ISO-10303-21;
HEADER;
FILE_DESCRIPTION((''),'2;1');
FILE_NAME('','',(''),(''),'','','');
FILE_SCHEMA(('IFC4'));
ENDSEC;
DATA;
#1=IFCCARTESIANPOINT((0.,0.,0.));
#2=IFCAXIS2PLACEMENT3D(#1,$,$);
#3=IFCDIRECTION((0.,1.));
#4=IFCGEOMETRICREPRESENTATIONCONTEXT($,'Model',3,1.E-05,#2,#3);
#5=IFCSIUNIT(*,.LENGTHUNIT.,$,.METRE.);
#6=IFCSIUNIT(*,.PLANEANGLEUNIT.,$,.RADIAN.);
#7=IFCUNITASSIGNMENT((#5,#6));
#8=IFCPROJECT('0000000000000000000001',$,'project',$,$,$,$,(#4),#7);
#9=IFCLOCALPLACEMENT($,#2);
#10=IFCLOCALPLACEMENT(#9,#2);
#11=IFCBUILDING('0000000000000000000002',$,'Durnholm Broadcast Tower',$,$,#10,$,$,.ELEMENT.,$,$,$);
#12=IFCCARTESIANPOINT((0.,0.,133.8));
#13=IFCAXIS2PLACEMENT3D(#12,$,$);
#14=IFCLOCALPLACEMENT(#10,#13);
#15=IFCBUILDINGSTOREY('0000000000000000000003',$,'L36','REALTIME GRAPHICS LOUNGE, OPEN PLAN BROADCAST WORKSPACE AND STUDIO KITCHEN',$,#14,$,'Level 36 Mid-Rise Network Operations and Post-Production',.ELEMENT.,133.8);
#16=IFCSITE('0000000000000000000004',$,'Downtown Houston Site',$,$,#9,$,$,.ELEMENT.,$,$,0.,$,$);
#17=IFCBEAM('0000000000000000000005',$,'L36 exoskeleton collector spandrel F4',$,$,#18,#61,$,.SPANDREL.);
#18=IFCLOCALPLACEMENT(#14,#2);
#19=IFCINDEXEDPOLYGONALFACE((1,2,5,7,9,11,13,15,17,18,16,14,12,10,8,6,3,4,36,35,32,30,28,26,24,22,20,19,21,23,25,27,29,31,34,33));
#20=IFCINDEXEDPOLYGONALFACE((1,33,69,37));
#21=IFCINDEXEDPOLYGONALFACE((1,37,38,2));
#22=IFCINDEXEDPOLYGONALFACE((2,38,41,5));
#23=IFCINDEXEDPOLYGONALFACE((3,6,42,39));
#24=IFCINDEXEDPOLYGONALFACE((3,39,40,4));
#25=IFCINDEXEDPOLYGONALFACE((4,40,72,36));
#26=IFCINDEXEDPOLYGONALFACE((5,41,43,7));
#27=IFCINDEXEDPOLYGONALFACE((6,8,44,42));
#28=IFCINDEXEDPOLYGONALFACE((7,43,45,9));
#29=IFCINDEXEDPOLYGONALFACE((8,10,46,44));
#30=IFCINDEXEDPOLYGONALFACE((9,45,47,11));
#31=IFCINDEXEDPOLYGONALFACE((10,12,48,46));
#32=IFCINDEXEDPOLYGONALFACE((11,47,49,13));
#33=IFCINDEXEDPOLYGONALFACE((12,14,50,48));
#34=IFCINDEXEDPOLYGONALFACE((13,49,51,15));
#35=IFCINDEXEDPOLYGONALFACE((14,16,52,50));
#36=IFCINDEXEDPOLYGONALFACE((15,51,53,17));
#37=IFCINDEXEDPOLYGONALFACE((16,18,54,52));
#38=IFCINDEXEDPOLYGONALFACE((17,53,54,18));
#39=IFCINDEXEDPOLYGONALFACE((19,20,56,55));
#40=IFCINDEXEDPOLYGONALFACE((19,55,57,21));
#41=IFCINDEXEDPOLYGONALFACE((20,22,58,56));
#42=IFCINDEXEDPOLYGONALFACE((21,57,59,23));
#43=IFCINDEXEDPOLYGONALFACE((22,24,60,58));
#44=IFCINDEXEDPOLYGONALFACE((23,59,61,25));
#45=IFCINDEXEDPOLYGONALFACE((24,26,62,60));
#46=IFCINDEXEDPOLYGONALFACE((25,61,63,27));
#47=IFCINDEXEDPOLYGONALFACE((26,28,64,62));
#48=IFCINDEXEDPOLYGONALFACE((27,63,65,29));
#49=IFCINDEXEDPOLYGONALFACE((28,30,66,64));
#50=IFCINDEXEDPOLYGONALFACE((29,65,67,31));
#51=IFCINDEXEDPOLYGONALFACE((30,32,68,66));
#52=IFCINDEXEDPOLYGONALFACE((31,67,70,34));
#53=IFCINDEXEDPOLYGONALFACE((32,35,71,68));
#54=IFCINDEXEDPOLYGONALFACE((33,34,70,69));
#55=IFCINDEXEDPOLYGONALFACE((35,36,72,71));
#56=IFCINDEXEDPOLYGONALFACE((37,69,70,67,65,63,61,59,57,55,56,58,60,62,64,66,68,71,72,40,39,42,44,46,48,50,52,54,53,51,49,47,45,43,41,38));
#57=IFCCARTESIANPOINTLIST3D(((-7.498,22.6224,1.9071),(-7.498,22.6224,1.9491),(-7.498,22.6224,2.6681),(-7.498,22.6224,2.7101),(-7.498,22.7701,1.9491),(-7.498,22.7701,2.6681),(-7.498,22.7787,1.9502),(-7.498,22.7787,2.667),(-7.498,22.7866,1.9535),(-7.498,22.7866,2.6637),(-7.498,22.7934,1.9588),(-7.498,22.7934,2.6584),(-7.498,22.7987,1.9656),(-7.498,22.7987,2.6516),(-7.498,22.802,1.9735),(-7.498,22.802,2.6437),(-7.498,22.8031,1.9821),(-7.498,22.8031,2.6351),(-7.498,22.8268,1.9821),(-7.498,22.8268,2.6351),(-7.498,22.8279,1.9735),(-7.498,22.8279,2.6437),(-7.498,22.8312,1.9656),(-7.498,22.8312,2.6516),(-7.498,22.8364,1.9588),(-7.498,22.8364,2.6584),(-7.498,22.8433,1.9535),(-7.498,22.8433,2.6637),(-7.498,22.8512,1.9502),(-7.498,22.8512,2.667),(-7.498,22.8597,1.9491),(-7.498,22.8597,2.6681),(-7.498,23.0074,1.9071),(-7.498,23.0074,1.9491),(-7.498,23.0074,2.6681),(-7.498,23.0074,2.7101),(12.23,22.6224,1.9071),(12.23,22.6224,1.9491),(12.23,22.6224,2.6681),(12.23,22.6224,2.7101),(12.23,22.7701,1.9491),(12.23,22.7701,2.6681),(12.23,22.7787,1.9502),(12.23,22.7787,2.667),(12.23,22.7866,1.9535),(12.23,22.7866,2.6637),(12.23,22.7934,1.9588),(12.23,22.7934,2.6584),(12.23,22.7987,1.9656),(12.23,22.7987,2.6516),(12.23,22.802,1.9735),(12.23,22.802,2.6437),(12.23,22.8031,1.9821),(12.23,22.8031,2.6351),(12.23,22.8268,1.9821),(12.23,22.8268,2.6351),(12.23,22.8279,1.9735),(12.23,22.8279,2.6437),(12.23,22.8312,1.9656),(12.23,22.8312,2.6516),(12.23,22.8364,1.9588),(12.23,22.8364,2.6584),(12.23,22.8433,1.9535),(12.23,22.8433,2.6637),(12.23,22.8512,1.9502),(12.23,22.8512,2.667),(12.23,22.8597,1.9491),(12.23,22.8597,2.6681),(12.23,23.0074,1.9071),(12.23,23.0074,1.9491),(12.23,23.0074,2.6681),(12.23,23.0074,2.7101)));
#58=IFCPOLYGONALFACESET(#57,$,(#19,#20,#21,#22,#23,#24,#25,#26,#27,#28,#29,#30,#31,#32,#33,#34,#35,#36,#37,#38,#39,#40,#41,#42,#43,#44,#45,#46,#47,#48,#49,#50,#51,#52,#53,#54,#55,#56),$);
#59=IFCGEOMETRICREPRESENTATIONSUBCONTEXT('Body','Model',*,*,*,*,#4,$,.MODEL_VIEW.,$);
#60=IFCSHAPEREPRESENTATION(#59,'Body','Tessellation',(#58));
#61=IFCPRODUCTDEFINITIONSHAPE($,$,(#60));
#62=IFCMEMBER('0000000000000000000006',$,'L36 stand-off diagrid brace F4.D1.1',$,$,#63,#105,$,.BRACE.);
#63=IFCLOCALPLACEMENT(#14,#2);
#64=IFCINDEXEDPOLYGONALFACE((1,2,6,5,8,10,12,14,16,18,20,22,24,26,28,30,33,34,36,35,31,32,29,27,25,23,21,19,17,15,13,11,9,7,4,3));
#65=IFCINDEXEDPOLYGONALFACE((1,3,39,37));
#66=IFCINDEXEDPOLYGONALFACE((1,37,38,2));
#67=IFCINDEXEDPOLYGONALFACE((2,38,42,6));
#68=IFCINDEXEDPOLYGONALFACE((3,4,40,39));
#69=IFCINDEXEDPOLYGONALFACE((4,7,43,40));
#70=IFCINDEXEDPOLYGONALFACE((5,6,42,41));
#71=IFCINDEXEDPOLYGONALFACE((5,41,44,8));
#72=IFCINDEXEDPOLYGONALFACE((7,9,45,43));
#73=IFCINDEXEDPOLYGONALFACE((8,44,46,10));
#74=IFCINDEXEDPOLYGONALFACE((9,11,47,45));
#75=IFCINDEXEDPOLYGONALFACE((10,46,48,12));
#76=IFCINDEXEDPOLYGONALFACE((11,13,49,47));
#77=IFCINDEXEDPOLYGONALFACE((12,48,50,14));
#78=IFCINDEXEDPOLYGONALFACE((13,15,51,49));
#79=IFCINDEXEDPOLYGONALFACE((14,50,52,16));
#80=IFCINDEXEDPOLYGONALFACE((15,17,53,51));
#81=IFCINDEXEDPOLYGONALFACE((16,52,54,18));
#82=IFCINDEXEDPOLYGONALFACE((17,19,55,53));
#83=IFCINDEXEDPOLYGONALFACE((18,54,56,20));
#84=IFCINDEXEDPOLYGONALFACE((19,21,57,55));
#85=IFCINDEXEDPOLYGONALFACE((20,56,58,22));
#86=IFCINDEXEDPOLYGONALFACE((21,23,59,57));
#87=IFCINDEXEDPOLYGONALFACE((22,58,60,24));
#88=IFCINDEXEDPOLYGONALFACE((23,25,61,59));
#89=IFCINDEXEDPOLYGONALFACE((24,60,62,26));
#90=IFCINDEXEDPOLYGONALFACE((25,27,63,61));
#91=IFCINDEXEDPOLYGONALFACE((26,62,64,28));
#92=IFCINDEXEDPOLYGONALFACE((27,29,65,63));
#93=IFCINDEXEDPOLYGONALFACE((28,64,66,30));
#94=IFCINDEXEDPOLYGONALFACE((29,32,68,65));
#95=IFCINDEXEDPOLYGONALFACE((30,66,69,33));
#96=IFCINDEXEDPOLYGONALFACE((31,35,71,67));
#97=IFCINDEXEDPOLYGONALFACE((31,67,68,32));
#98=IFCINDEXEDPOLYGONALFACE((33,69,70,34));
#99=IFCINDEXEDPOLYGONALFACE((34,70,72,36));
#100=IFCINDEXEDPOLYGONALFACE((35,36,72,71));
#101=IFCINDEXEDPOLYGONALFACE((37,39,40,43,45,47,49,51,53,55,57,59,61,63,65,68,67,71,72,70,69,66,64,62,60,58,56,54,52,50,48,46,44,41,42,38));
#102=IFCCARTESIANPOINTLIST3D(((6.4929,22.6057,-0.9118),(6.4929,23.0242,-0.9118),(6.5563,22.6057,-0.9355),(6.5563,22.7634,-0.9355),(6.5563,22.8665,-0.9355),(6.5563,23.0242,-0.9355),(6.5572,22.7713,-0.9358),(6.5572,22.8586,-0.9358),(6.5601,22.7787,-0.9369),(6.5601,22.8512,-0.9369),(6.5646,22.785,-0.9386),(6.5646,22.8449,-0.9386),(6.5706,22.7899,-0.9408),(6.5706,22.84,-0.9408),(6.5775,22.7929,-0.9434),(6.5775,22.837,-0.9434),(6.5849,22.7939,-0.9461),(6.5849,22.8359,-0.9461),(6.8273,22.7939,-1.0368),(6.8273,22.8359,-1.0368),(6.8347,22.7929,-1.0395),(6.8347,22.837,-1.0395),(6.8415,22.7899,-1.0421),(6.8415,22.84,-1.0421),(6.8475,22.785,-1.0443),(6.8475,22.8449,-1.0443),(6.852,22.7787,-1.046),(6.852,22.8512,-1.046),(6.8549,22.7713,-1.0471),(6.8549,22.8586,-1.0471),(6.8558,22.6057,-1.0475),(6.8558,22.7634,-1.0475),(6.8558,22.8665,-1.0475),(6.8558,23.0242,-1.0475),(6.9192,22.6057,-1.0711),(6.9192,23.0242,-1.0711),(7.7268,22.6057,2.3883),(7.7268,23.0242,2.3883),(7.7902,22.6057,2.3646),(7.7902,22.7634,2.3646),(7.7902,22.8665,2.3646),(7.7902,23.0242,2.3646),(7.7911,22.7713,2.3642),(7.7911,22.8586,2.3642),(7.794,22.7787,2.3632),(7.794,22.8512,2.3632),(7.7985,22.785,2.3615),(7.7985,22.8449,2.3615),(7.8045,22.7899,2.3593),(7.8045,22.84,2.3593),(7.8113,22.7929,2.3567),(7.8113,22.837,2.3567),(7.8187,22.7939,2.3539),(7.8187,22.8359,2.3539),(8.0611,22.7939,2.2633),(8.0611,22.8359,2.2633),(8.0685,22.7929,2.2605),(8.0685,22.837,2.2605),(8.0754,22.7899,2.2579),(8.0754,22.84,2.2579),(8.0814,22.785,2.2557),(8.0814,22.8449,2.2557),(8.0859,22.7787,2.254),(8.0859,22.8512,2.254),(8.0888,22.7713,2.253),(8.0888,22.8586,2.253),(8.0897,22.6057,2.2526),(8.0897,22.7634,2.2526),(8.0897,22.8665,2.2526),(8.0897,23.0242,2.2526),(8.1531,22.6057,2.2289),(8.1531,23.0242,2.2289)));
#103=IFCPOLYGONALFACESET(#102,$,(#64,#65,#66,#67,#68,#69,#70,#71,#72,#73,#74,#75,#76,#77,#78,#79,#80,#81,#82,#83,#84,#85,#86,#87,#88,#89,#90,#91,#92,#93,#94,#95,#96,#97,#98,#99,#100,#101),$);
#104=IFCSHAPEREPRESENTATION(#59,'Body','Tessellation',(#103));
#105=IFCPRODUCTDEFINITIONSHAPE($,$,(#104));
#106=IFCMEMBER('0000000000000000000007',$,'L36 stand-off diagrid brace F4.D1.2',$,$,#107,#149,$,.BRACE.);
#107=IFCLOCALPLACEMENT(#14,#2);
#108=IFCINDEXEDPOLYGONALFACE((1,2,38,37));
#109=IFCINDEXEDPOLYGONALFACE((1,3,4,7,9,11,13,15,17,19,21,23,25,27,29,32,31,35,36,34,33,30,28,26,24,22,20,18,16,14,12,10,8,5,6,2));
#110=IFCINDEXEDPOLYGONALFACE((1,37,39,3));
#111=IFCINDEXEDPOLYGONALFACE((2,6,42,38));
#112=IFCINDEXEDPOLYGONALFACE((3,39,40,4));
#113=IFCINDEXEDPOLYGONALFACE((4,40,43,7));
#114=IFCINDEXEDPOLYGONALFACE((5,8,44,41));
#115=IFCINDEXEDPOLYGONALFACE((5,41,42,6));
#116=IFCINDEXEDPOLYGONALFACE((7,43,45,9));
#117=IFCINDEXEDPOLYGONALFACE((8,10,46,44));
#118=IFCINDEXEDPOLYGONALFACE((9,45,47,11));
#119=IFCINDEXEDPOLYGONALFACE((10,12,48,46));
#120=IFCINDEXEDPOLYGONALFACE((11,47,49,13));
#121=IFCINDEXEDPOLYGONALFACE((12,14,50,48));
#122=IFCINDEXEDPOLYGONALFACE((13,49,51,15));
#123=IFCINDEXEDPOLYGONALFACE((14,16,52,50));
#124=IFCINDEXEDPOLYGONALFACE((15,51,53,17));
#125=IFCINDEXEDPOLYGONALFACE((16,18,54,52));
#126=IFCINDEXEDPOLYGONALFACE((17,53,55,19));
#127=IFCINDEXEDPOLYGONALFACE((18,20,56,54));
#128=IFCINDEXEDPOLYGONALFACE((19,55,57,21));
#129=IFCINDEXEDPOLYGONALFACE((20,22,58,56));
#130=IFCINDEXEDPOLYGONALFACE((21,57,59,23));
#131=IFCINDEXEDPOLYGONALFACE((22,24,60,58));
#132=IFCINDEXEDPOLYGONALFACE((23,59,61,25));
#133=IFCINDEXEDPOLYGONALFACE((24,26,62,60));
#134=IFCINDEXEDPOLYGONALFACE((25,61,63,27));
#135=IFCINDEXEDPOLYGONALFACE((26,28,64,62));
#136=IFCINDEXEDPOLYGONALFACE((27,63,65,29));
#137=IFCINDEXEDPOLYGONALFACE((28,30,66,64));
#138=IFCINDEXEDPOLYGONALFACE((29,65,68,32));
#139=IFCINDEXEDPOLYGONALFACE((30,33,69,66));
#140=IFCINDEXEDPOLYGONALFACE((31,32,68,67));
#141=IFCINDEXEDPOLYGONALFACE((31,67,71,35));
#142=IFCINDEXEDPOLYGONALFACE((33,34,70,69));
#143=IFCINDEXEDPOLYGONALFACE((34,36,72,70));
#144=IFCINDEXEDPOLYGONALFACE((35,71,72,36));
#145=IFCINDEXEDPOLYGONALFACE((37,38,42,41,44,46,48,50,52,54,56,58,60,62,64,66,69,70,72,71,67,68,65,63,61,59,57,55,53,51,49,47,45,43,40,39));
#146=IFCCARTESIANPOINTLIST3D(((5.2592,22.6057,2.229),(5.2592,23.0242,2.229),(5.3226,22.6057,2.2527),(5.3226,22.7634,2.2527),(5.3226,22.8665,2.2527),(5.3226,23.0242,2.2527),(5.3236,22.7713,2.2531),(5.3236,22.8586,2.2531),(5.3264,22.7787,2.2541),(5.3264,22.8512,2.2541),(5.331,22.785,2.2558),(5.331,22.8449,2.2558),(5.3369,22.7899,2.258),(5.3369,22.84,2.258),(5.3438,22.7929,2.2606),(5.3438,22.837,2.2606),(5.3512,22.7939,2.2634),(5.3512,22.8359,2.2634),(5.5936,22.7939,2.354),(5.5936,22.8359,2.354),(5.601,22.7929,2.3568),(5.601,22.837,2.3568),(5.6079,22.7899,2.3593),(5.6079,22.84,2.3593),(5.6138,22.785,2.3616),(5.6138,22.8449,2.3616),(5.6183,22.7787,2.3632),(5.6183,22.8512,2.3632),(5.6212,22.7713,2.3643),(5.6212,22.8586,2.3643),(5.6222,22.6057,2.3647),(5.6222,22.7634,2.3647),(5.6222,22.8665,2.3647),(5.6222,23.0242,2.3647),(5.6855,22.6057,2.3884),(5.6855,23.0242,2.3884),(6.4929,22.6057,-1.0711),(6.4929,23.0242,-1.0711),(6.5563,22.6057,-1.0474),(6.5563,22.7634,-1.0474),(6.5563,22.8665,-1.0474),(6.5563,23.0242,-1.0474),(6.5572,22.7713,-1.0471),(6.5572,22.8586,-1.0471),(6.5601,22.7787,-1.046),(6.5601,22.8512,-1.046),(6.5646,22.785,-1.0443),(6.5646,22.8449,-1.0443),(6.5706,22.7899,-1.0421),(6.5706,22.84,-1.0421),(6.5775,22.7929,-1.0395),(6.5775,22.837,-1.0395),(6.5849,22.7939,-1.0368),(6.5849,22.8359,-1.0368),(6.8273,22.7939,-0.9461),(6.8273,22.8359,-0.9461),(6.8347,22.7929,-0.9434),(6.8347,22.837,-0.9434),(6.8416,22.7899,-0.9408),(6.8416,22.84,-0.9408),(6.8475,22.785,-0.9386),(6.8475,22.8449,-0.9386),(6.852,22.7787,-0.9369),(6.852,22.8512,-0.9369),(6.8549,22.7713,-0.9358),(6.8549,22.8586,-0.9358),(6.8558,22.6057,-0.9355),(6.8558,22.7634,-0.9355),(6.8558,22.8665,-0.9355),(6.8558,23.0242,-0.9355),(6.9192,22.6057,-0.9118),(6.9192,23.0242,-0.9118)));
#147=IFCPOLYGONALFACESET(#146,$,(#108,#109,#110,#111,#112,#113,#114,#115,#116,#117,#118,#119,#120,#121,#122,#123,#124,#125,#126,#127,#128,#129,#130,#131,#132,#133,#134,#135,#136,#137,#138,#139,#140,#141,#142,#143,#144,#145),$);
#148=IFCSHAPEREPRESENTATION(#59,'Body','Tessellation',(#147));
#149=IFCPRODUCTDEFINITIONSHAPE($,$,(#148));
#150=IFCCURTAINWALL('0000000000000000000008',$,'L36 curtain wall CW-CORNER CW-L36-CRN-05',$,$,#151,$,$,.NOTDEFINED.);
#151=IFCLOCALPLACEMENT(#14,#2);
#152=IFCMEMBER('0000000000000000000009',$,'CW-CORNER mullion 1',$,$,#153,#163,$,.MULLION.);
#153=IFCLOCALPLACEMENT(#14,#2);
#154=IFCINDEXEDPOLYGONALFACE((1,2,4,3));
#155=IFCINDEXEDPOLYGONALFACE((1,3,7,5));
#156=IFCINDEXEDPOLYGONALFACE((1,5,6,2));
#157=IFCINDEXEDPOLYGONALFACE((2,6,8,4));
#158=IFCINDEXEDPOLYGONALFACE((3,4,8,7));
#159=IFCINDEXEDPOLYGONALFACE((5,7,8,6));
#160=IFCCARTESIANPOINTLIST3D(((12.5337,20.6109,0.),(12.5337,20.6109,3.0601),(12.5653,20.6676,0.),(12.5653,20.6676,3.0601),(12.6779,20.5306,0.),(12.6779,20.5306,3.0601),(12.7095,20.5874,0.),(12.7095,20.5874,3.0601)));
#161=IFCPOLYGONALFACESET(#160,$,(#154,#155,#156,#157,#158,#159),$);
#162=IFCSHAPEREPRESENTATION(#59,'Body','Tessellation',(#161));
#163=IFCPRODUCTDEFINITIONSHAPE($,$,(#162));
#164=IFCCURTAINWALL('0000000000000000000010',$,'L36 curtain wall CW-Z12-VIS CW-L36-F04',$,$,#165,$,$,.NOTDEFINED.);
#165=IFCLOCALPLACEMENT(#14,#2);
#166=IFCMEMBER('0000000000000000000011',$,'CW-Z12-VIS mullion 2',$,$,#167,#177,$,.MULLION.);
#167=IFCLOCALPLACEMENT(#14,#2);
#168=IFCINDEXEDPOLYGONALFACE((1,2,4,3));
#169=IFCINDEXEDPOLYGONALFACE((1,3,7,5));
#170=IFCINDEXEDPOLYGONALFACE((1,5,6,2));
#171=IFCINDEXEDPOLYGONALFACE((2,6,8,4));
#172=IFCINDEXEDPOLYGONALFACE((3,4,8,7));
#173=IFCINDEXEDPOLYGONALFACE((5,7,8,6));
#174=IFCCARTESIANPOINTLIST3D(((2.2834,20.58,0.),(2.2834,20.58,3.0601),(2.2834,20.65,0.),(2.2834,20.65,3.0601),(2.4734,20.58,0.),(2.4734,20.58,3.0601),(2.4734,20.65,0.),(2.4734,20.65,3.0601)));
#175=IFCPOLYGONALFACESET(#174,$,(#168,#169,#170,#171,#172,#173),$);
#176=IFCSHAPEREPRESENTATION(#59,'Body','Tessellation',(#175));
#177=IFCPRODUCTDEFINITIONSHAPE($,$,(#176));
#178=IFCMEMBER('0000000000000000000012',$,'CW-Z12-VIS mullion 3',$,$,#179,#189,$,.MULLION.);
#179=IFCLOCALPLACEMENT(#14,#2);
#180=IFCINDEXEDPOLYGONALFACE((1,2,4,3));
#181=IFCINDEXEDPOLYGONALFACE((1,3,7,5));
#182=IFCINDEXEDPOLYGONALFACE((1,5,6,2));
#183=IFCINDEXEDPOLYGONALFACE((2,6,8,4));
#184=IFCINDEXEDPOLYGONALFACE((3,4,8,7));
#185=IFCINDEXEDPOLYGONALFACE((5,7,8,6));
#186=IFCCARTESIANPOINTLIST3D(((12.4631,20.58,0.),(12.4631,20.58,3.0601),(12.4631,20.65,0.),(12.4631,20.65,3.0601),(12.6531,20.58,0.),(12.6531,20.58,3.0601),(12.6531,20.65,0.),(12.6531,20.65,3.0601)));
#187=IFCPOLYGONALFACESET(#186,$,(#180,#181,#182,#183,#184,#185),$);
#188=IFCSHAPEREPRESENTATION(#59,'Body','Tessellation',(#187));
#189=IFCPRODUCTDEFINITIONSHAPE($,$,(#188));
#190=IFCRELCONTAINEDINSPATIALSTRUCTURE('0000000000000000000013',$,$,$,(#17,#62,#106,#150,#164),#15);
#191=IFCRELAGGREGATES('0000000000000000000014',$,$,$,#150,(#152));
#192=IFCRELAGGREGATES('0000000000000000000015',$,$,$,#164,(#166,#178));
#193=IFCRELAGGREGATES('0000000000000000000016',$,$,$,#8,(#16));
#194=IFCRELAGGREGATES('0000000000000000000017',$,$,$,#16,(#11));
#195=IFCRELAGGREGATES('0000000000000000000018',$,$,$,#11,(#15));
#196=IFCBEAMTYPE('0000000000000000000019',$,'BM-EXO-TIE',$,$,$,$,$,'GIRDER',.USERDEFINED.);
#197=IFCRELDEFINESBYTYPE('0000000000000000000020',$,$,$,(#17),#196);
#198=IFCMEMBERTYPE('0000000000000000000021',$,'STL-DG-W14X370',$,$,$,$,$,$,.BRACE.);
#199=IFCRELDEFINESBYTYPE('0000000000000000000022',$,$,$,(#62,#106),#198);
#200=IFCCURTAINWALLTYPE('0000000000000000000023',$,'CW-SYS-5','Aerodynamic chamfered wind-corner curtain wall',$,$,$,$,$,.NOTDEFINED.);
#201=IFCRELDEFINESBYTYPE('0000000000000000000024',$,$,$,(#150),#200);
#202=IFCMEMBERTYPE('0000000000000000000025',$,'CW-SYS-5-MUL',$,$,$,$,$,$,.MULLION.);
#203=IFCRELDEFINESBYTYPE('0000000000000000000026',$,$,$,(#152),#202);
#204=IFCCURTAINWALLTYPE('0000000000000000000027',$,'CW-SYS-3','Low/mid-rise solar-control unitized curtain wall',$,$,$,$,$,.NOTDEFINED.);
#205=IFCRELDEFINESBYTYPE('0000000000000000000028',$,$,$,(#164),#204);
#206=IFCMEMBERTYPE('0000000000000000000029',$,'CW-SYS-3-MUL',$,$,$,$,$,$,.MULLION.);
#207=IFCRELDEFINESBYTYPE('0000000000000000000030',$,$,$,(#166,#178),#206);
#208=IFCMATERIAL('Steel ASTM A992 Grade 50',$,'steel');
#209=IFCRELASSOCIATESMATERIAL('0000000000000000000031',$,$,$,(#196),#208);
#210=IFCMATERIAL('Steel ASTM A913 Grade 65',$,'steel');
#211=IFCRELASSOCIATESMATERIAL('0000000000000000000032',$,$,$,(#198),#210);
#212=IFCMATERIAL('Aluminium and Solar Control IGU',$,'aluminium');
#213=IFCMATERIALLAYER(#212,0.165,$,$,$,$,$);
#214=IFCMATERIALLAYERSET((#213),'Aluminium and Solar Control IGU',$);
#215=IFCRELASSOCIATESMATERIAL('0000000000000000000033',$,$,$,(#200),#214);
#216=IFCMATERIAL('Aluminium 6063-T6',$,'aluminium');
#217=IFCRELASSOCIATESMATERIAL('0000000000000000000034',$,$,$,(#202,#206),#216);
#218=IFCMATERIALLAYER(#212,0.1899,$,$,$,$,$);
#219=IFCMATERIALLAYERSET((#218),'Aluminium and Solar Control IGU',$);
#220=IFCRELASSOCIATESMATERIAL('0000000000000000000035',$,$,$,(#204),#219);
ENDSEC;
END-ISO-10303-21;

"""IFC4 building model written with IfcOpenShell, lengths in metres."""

from ifc_helpers import new_model, si_unit, direction, frame, origin, origin_2d, place, context, subcontext, project, spatial, rectangle, i_section, extrude, source, transform, mapped, material, layer, layer_set, material_profile, profile_set, type_object, type_shapes, element, aggregate, save


model = new_model("IFC4")

# Units and contexts
model_context = context("Model", 3, precision=1e-05, world=origin(), true_north=direction((0.0, 1.0)))
body_context = subcontext(model_context, "Body", "Model", "MODEL_VIEW")
ifc_project = project(units=[si_unit("LENGTHUNIT", "METRE"), si_unit("PLANEANGLEUNIT", "RADIAN")], contexts=[model_context])

# Site, building, storey
site_placement = place(None, origin())
site = spatial("IfcSite", under=ifc_project, at=site_placement, Name="Downtown Houston Site", CompositionType="ELEMENT", RefElevation=0.0)
building_placement = place(site_placement, origin())
building = spatial("IfcBuilding", under=site, at=building_placement, Name="Durnholm Broadcast Tower", CompositionType="ELEMENT")
storey_placement = place(building_placement, frame((0.0, 0.0, 133.8)))
storey = spatial("IfcBuildingStorey", under=building, at=storey_placement, Name="L36", Description="REALTIME GRAPHICS LOUNGE, OPEN PLAN BROADCAST WORKSPACE AND STUDIO KITCHEN", LongName="Level 36 Mid-Rise Network Operations and Post-Production", CompositionType="ELEMENT", Elevation=133.8)

# Beam
ifc_material_1 = material(Name="Steel ASTM A992 Grade 50", Category="steel")
ifc_material_profile_1 = material_profile(ifc_material_1, i_section(OverallWidth=0.385, OverallDepth=0.803, WebThickness=0.0237, FlangeThickness=0.042, FilletRadius=0.033, at=origin_2d()), Name="W30X261")
ifc_profile_set_1 = profile_set([ifc_material_profile_1], Name="Steel ASTM A992 Grade 50")
beam_type_1 = type_object("IfcBeamType", Name="BM-EXO-TIE", ElementType="GIRDER", PredefinedType="USERDEFINED", material=ifc_profile_set_1)
shared_shape_1 = source(origin(), body_context, "Body", "SweptSolid", [
    extrude(i_section(OverallWidth=0.385, OverallDepth=0.803, WebThickness=0.0237, FlangeThickness=0.042, FilletRadius=0.033, at=origin_2d()), origin(), (0.0, 0.0, 1.0), 19.728),
])
beam_1_placement = place(storey_placement, frame((12.23, 22.8149, 2.3086), z_axis=(-1.0, 0.0, 0.0), x_axis=(0.0, -1.0, 0.0)))
element("IfcBeam", 1, at=beam_1_placement, inside=storey, type_object=beam_type_1, Name="L36 exoskeleton collector spandrel F4", PredefinedType="SPANDREL", context=body_context, shape_type="MappedRepresentation", body=[
    mapped(shared_shape_1, transform((0.0, 0.0, 0.0), x_axis=(1.0, 0.0, 0.0), y_axis=(0.0, 1.0, 0.0), z_axis=(0.0, 0.0, 1.0), scale=1.0)),
])

# Members
ifc_material_2 = material(Name="Steel ASTM A913 Grade 65", Category="steel")
ifc_material_profile_2 = material_profile(ifc_material_2, i_section(OverallWidth=0.4185, OverallDepth=0.4551, WebThickness=0.042, FlangeThickness=0.0676, FilletRadius=0.0305, at=origin_2d()), Name="W14X370")
ifc_profile_set_2 = profile_set([ifc_material_profile_2], Name="Steel ASTM A913 Grade 65")
member_type_1 = type_object("IfcMemberType", Name="STL-DG-W14X370", PredefinedType="BRACE", material=ifc_profile_set_2)
shared_shape_2 = source(origin(), body_context, "Body", "SweptSolid", [
    extrude(i_section(OverallWidth=0.4185, OverallDepth=0.4551, WebThickness=0.042, FlangeThickness=0.0676, FilletRadius=0.0305, at=origin_2d()), origin(), (0.0, 0.0, 1.0), 3.5232),
])
type_shapes(member_type_1, [shared_shape_2])
for number, where, z_axis, x_axis, name in (
    (2, (6.7061, 22.8149, -0.9915), (0.35022, 0.0, 0.936668), (0.0, 1.0, 0.0), "L36 stand-off diagrid brace F4.D1.1"),
    (3, (6.7061, 22.8149, -0.9915), (-0.350159, 0.0, 0.93669), (0.0, -1.0, 0.0), "L36 stand-off diagrid brace F4.D1.2"),
):
    element("IfcMember", number, at=place(storey_placement, frame(where, z_axis=z_axis, x_axis=x_axis)), inside=storey, type_object=member_type_1, Name=name, PredefinedType="BRACE", context=body_context, shape_type="MappedRepresentation", body=[
        mapped(shared_shape_2, transform((0.0, 0.0, 0.0), x_axis=(1.0, 0.0, 0.0), y_axis=(0.0, 1.0, 0.0), z_axis=(0.0, 0.0, 1.0), scale=1.0)),
    ])

# Curtain wall, member
ifc_material_3 = material(Name="Aluminium and Solar Control IGU", Category="aluminium")
ifc_layer_1 = layer(ifc_material_3, 0.165)
ifc_layer_set_1 = layer_set([ifc_layer_1], Name="Aluminium and Solar Control IGU")
curtain_wall_type_1 = type_object("IfcCurtainWallType", Name="CW-SYS-5", Description="Aerodynamic chamfered wind-corner curtain wall", PredefinedType="NOTDEFINED", material=ifc_layer_set_1)
curtain_wall_1_placement = place(storey_placement, origin())
curtain_wall_1 = element("IfcCurtainWall", 4, at=curtain_wall_1_placement, inside=storey, type_object=curtain_wall_type_1, Name="L36 curtain wall CW-CORNER CW-L36-CRN-05", PredefinedType="NOTDEFINED")
ifc_material_4 = material(Name="Aluminium 6063-T6", Category="aluminium")
ifc_material_profile_3 = material_profile(ifc_material_4, rectangle(XDim=0.0649, YDim=0.165, at=origin_2d()), Name="CWM65X165")
ifc_profile_set_3 = profile_set([ifc_material_profile_3], Name="Aluminium 6063-T6")
member_type_2 = type_object("IfcMemberType", Name="CW-SYS-5-MUL", PredefinedType="MULLION", material=ifc_profile_set_3)
shared_shape_3 = source(origin(), body_context, "Body", "SweptSolid", [
    extrude(rectangle(XDim=0.0649, YDim=0.165, at=origin_2d()), origin(), (0.0, 0.0, 1.0), 3.0601),
])
type_shapes(member_type_2, [shared_shape_3])
member_1_placement = place(storey_placement, frame((12.6216, 20.5991, 0.0), z_axis=(0.0, 0.0, 1.0), x_axis=(0.486244, 0.873823, 0.0)))
member_1 = element("IfcMember", 5, at=member_1_placement, type_object=member_type_2, Name="CW-CORNER mullion 1", PredefinedType="MULLION", context=body_context, shape_type="MappedRepresentation", body=[
    mapped(shared_shape_3, transform((0.0, 0.0, 0.0), x_axis=(1.0, 0.0, 0.0), y_axis=(0.0, 1.0, 0.0), z_axis=(0.0, 0.0, 1.0), scale=1.0)),
])

# Curtain wall, members
ifc_layer_2 = layer(ifc_material_3, 0.1899)
ifc_layer_set_2 = layer_set([ifc_layer_2], Name="Aluminium and Solar Control IGU")
curtain_wall_type_2 = type_object("IfcCurtainWallType", Name="CW-SYS-3", Description="Low/mid-rise solar-control unitized curtain wall", PredefinedType="NOTDEFINED", material=ifc_layer_set_2)
curtain_wall_2_placement = place(storey_placement, origin())
curtain_wall_2 = element("IfcCurtainWall", 6, at=curtain_wall_2_placement, inside=storey, type_object=curtain_wall_type_2, Name="L36 curtain wall CW-Z12-VIS CW-L36-F04", PredefinedType="NOTDEFINED")
ifc_material_profile_4 = material_profile(ifc_material_4, rectangle(XDim=0.0701, YDim=0.1899, at=origin_2d()), Name="CWM70X190")
ifc_profile_set_4 = profile_set([ifc_material_profile_4], Name="Aluminium 6063-T6")
member_type_3 = type_object("IfcMemberType", Name="CW-SYS-3-MUL", PredefinedType="MULLION", material=ifc_profile_set_4)
shared_shape_4 = source(origin(), body_context, "Body", "SweptSolid", [
    extrude(rectangle(XDim=0.0701, YDim=0.1899, at=origin_2d()), origin(), (0.0, 0.0, 1.0), 3.0601),
])
type_shapes(member_type_3, [shared_shape_4])
member_2_placement = place(storey_placement, frame((2.3784, 20.615, 0.0), z_axis=(0.0, 0.0, 1.0), x_axis=(0.0, 1.0, 0.0)))
member_2 = element("IfcMember", 7, at=member_2_placement, type_object=member_type_3, Name="CW-Z12-VIS mullion 2", PredefinedType="MULLION", context=body_context, shape_type="MappedRepresentation", body=[
    mapped(shared_shape_4, transform((0.0, 0.0, 0.0), x_axis=(1.0, 0.0, 0.0), y_axis=(0.0, 1.0, 0.0), z_axis=(0.0, 0.0, 1.0), scale=1.0)),
])
member_3_placement = place(storey_placement, frame((12.5581, 20.615, 0.0), z_axis=(0.0, 0.0, 1.0), x_axis=(0.0, 1.0, 0.0)))
member_3 = element("IfcMember", 8, at=member_3_placement, type_object=member_type_3, Name="CW-Z12-VIS mullion 3", PredefinedType="MULLION", context=body_context, shape_type="MappedRepresentation", body=[
    mapped(shared_shape_4, transform((0.0, 0.0, 0.0), x_axis=(1.0, 0.0, 0.0), y_axis=(0.0, 1.0, 0.0), z_axis=(0.0, 0.0, 1.0), scale=1.0)),
])

aggregate(curtain_wall_1, [member_1])

aggregate(curtain_wall_2, [member_2, member_3])

save(model, "model.ifc")
